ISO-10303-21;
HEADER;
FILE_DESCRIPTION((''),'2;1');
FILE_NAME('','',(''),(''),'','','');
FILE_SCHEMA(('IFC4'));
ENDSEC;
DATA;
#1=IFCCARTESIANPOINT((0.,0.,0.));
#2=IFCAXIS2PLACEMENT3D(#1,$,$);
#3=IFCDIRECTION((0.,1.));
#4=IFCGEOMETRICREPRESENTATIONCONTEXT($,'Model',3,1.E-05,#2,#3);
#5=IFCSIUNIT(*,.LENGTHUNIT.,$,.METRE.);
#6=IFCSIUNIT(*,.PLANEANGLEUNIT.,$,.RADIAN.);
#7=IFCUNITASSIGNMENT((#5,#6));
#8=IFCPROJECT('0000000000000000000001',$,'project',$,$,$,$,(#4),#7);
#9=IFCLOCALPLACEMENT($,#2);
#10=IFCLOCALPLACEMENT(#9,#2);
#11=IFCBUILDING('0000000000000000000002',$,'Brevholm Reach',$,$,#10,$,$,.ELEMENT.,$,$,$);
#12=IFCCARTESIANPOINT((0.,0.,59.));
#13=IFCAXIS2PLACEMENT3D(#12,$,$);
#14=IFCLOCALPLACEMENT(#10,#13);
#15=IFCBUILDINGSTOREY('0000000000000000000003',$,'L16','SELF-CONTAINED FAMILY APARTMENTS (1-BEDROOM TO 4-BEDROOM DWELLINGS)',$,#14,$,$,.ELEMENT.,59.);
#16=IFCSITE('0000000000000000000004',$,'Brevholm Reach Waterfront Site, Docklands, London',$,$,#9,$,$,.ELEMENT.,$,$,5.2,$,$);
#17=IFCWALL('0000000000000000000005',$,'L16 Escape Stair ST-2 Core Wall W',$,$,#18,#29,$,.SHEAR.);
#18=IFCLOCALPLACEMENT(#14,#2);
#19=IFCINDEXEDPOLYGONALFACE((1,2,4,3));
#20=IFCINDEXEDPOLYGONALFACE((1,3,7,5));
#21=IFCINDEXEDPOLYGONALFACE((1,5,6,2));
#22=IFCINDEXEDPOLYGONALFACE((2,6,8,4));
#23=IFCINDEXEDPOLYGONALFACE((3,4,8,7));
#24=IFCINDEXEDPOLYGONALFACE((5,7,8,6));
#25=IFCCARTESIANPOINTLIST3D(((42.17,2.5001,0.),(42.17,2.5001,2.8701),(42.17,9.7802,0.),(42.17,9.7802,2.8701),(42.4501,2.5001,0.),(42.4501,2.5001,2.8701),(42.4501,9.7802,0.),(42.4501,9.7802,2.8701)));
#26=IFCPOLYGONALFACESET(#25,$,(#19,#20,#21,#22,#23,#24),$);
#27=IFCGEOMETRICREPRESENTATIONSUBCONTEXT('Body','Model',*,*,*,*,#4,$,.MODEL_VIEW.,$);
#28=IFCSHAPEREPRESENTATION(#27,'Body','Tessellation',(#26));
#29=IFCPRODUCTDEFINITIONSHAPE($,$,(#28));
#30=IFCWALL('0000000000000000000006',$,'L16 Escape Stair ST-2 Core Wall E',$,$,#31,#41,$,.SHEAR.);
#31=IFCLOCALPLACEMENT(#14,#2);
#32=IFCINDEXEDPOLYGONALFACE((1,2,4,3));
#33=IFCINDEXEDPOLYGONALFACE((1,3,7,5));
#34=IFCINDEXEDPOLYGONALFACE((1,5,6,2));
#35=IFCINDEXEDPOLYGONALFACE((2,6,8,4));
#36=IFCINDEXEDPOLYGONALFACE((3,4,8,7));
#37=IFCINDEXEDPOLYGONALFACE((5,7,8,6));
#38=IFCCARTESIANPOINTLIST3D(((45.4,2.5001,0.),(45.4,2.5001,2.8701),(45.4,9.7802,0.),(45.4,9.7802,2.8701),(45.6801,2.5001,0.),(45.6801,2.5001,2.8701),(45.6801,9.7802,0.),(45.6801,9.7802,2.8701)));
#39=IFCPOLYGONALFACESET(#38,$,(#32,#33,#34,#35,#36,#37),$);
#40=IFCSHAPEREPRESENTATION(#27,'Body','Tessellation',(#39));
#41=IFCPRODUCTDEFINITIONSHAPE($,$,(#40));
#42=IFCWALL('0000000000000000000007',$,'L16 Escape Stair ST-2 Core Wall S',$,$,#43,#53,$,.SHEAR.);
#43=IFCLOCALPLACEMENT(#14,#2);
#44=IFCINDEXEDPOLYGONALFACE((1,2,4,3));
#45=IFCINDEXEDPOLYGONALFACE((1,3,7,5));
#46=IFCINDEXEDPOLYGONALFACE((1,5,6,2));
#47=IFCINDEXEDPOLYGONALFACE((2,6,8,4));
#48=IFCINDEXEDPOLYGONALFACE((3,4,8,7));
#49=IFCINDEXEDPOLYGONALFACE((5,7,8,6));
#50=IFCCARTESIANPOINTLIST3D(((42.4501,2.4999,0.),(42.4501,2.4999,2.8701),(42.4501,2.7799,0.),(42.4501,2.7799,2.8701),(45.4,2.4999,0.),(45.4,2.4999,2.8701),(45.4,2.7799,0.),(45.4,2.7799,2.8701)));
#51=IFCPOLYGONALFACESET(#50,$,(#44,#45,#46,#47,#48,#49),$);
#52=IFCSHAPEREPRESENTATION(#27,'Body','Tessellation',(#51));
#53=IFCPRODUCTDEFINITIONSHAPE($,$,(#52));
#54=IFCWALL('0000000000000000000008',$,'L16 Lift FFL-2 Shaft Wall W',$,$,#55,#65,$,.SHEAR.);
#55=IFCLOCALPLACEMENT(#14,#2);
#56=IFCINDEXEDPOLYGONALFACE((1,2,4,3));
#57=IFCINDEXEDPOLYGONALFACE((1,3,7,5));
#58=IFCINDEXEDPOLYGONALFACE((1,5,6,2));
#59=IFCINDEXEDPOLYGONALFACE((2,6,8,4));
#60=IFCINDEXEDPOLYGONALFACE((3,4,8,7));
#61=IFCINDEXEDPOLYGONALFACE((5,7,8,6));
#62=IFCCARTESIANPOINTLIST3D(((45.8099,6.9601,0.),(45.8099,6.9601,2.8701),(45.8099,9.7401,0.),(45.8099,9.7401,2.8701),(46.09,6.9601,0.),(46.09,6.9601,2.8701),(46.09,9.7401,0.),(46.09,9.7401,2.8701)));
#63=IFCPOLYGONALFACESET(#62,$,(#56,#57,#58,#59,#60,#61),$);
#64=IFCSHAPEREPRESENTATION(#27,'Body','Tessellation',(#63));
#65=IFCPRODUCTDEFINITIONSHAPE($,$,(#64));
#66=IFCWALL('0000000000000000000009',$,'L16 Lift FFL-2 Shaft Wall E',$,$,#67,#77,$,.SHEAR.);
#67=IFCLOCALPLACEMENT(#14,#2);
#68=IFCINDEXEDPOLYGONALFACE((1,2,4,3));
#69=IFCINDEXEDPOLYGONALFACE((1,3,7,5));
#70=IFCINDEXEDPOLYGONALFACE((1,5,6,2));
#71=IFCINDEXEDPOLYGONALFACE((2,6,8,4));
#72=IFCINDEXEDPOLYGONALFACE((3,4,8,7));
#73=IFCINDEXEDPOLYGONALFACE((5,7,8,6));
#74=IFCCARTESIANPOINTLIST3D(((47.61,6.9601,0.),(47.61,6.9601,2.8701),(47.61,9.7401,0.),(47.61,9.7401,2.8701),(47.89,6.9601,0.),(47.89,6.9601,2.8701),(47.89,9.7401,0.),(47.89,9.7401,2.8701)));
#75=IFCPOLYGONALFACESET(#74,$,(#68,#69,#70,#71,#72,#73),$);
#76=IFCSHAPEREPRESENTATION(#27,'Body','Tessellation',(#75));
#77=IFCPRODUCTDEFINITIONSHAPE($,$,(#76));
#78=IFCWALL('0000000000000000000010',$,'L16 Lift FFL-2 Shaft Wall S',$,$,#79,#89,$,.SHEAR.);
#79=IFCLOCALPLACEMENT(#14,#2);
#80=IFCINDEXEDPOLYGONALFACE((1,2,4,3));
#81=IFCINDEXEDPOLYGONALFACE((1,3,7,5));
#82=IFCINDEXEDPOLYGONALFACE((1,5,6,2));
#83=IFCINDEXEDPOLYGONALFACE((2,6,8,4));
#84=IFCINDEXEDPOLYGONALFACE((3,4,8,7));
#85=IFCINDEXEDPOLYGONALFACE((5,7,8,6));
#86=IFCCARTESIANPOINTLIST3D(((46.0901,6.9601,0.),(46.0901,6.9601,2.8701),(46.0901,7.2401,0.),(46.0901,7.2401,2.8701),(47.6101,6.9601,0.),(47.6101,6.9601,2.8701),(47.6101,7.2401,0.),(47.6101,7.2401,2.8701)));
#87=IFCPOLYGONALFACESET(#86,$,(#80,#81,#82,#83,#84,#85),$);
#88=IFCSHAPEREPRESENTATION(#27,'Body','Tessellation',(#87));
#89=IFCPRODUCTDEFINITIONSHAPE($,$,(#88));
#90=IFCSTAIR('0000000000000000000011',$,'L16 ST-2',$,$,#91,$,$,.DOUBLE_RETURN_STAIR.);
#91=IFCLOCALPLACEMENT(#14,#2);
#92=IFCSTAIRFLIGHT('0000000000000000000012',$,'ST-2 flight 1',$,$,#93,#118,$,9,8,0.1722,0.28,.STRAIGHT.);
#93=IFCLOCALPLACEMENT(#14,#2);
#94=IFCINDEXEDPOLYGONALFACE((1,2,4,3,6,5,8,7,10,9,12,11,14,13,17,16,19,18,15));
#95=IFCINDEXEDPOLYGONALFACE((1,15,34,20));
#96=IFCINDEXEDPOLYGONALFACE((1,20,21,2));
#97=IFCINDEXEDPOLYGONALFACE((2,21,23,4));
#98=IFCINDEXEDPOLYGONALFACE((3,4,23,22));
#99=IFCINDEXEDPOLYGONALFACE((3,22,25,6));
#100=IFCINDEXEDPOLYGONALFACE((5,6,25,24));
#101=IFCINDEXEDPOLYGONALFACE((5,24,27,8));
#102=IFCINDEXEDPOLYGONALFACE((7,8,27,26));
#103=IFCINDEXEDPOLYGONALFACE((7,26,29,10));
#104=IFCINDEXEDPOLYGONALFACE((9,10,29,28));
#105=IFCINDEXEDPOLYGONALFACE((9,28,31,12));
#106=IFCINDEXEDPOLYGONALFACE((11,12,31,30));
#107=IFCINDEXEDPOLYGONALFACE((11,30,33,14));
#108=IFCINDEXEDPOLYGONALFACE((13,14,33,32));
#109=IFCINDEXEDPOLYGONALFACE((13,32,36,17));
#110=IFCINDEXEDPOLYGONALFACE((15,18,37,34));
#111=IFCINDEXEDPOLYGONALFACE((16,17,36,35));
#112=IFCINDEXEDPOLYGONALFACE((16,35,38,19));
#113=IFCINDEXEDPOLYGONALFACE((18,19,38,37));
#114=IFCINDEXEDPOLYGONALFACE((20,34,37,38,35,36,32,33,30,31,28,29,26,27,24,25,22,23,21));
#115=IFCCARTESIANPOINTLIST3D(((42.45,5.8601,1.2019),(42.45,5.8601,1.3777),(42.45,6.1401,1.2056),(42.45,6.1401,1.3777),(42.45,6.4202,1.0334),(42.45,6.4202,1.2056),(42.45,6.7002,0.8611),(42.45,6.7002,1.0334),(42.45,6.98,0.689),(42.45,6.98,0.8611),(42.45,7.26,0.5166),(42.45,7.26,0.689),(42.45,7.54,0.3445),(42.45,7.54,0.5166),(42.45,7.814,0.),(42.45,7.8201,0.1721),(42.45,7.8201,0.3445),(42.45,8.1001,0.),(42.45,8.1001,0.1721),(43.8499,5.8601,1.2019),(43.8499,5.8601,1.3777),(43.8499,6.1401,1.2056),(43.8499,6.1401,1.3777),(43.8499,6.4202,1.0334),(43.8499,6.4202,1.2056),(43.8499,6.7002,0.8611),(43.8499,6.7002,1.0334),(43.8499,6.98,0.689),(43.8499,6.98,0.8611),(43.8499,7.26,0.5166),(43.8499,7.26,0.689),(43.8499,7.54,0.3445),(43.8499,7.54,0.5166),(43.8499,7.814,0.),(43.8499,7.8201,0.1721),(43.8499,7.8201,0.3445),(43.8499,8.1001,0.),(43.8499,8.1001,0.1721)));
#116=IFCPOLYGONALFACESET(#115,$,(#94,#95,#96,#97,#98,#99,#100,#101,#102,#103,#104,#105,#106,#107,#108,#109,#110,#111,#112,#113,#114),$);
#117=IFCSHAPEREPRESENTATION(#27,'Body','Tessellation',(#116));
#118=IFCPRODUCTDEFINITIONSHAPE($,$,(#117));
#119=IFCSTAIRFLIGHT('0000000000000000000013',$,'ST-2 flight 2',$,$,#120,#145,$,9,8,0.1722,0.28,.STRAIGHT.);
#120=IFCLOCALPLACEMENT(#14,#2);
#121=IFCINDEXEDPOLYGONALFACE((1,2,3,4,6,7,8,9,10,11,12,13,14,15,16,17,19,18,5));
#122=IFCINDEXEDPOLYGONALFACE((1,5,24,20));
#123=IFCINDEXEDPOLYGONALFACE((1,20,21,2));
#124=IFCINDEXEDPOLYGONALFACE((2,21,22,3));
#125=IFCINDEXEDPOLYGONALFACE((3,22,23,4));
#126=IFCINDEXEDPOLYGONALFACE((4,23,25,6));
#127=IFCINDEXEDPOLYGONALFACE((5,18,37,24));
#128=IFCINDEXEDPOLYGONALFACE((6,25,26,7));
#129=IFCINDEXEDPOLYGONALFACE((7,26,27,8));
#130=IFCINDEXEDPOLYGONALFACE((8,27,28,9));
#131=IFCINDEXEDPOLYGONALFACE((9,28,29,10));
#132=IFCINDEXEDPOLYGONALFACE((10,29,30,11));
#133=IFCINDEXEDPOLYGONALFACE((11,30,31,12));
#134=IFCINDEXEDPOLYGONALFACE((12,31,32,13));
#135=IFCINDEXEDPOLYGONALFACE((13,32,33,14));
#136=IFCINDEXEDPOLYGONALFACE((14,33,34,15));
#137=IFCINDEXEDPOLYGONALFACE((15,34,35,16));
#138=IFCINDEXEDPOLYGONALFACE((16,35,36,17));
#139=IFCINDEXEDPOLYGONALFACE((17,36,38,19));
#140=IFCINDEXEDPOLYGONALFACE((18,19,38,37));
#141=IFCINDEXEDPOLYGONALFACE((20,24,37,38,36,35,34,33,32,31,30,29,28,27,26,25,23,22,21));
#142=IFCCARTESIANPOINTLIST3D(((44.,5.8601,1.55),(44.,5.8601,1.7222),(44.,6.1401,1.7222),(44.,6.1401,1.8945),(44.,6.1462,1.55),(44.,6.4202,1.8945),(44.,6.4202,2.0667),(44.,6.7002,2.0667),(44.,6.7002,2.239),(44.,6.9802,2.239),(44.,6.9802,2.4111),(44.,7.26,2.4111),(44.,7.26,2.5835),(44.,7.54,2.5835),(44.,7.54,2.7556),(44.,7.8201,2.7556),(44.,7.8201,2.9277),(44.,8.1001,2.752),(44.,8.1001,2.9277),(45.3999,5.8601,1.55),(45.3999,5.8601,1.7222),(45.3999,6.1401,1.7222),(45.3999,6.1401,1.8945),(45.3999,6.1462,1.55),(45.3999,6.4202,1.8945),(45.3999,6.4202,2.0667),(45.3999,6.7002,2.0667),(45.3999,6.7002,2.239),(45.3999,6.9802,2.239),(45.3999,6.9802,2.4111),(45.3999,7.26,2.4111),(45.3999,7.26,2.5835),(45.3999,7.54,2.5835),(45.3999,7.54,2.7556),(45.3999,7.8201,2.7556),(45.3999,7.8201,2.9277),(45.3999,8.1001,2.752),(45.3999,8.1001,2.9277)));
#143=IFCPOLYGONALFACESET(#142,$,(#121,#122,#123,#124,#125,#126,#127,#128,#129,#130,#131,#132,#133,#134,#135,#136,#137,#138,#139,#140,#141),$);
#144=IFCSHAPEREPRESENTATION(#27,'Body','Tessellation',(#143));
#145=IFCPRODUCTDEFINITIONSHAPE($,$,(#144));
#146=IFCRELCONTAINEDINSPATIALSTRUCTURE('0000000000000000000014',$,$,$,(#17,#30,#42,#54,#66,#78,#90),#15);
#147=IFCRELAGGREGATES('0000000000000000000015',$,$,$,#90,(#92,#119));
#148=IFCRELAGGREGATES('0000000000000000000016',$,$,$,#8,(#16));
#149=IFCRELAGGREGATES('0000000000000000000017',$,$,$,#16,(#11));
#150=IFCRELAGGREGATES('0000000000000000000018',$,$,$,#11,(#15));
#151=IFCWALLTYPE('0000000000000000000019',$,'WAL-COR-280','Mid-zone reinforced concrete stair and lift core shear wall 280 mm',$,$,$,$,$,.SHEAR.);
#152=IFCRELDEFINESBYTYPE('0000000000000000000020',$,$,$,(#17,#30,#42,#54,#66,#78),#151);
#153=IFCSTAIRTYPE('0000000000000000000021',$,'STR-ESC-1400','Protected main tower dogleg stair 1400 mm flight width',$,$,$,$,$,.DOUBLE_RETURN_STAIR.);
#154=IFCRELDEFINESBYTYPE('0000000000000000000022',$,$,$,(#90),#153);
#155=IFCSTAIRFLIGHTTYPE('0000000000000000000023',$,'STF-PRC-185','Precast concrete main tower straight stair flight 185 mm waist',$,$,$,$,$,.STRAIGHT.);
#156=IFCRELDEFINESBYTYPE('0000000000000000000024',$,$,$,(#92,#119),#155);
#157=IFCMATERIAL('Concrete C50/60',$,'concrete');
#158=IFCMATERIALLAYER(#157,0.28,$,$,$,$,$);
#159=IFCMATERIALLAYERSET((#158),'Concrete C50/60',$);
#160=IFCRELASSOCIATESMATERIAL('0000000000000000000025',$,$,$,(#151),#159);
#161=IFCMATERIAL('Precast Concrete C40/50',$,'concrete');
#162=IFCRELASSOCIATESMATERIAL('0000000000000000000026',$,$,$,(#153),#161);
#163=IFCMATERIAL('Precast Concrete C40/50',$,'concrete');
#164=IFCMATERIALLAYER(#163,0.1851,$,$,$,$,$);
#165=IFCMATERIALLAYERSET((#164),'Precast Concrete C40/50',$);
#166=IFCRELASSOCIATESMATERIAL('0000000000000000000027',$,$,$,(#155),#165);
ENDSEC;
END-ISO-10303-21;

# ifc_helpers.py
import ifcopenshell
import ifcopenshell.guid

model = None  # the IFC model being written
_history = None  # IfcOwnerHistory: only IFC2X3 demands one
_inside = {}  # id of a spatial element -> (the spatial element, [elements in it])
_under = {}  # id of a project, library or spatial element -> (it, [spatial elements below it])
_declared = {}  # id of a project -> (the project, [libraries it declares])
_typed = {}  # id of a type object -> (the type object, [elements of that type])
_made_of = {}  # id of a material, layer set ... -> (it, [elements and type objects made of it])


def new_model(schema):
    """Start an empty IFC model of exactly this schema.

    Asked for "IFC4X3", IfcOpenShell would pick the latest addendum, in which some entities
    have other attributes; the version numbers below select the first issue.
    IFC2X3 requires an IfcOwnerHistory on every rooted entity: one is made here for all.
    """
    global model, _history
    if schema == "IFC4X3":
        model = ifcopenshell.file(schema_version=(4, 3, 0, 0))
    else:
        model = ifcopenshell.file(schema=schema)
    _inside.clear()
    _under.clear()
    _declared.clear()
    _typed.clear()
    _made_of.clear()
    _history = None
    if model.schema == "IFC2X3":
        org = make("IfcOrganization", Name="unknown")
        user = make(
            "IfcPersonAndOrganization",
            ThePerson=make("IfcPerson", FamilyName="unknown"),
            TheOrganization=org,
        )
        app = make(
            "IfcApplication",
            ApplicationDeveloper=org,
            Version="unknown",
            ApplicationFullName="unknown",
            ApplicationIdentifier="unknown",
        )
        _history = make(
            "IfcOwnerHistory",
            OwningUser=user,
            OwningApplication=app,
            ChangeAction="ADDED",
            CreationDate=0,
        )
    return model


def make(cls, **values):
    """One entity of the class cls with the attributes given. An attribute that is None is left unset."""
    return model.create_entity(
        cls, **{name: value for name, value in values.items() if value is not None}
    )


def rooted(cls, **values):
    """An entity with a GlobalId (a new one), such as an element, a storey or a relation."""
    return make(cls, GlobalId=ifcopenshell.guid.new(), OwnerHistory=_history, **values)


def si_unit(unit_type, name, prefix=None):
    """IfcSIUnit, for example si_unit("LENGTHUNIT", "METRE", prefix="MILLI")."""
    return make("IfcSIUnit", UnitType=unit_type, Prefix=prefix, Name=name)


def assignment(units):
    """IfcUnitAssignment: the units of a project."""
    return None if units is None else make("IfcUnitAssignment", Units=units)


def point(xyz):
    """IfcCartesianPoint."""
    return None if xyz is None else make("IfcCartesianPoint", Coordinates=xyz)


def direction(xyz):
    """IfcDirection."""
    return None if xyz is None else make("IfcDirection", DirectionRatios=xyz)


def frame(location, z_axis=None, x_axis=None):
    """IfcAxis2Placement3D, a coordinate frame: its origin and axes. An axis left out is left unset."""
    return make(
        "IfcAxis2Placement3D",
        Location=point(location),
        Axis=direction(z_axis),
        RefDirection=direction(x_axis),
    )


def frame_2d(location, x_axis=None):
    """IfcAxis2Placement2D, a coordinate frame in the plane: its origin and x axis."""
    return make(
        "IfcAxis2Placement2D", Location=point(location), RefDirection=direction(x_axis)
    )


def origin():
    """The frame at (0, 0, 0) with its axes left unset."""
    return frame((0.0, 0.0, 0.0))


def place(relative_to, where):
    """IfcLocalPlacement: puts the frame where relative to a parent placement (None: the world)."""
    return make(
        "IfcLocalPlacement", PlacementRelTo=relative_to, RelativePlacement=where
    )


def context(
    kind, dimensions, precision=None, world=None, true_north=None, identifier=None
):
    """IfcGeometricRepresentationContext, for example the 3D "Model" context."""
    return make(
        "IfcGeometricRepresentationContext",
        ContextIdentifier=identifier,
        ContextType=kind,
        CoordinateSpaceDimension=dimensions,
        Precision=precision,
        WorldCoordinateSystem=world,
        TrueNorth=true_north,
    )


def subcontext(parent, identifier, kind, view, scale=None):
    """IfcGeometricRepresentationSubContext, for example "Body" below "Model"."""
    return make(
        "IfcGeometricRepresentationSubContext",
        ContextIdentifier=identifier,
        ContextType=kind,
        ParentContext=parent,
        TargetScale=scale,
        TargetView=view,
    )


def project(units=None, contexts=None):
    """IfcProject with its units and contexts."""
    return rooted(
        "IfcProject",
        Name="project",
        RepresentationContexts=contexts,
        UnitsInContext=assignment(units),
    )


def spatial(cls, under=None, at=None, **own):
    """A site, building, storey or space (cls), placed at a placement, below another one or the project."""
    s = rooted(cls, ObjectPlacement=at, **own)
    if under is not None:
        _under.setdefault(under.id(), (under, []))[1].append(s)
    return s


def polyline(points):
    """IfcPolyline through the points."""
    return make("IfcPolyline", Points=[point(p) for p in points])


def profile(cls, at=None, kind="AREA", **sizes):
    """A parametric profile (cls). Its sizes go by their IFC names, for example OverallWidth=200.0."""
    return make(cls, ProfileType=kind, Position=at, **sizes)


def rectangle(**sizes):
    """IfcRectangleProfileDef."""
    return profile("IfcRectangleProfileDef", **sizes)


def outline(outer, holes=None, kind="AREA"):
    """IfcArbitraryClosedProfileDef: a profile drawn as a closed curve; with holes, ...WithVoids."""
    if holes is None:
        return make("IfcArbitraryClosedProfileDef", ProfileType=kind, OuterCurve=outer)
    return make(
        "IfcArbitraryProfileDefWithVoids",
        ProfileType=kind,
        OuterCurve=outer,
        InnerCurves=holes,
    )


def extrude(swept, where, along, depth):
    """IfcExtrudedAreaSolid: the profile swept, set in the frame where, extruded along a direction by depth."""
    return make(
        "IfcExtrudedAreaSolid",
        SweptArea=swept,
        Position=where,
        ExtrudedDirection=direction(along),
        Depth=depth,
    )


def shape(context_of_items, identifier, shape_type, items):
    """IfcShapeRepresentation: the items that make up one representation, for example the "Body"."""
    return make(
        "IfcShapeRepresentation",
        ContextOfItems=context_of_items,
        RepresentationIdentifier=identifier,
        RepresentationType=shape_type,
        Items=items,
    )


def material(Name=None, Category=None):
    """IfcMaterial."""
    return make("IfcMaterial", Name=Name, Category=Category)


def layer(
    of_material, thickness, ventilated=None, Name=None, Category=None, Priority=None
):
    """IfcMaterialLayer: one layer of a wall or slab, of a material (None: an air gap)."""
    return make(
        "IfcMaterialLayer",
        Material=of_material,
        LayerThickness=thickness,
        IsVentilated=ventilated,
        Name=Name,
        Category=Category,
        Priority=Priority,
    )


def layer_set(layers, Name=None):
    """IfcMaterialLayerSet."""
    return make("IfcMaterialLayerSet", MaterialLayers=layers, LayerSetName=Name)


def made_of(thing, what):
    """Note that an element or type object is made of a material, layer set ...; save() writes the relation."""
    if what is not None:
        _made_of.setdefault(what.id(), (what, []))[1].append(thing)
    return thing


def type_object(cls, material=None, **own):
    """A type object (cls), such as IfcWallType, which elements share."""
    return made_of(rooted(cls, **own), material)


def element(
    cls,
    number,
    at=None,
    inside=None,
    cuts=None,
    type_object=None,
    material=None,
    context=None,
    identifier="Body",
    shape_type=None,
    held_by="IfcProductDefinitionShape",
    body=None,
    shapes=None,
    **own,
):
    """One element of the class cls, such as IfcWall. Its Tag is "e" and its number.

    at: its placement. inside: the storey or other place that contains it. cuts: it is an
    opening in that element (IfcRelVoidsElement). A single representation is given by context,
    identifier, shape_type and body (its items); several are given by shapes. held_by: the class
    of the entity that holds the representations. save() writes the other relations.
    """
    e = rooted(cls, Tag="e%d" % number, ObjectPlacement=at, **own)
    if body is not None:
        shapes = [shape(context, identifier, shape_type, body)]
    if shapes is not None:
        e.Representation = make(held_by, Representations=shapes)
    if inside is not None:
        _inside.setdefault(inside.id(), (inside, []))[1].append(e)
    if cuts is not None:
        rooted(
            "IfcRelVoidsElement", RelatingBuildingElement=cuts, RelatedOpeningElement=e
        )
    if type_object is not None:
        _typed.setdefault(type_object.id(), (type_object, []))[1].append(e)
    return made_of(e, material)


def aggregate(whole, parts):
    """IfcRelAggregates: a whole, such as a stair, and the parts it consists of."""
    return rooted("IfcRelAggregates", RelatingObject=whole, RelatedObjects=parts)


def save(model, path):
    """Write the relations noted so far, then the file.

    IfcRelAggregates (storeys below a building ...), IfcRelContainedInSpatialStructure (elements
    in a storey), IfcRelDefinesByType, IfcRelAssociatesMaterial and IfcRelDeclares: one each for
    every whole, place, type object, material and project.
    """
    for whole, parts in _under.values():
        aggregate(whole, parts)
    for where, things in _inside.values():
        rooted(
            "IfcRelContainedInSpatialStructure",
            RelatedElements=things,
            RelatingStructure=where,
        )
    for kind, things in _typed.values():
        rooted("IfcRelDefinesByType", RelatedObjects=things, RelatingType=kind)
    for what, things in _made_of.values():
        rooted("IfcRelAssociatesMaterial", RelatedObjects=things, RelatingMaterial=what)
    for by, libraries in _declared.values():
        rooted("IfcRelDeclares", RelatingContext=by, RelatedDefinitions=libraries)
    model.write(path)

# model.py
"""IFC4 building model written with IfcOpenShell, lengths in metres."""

from ifc_helpers import new_model, si_unit, direction, frame, frame_2d, origin, place, context, subcontext, project, spatial, polyline, rectangle, outline, extrude, material, layer, layer_set, type_object, element, aggregate, save


model = new_model("IFC4")

# Units and contexts
model_context = context("Model", 3, precision=1e-05, world=origin(), true_north=direction((0.0, 1.0)))
body_context = subcontext(model_context, "Body", "Model", "MODEL_VIEW")
ifc_project = project(units=[si_unit("LENGTHUNIT", "METRE"), si_unit("PLANEANGLEUNIT", "RADIAN")], contexts=[model_context])

# Site, building, storey
site_placement = place(None, origin())
site = spatial("IfcSite", under=ifc_project, at=site_placement, Name="Brevholm Reach Waterfront Site, Docklands, London", CompositionType="ELEMENT", RefElevation=5.2)
building_placement = place(site_placement, origin())
building = spatial("IfcBuilding", under=site, at=building_placement, Name="Brevholm Reach", CompositionType="ELEMENT")
storey_placement = place(building_placement, frame((0.0, 0.0, 59.0)))
storey = spatial("IfcBuildingStorey", under=building, at=storey_placement, Name="L16", Description="SELF-CONTAINED FAMILY APARTMENTS (1-BEDROOM TO 4-BEDROOM DWELLINGS)", CompositionType="ELEMENT", Elevation=59.0)

# Walls
ifc_material_1 = material(Name="Concrete C50/60", Category="concrete")
ifc_layer_1 = layer(ifc_material_1, 0.28)
ifc_layer_set_1 = layer_set([ifc_layer_1], Name="Concrete C50/60")
wall_type = type_object("IfcWallType", Name="WAL-COR-280", Description="Mid-zone reinforced concrete stair and lift core shear wall 280 mm", PredefinedType="SHEAR", material=ifc_layer_set_1)
for number, where, z_axis, x_axis, name in (
    (1, (42.3101, 2.5, 0.0), (0.0, 0.0, 1.0), (0.0, 1.0, 0.0), "L16 Escape Stair ST-2 Core Wall W"),
    (2, (45.54, 2.5, 0.0), (0.0, 0.0, 1.0), (0.0, 1.0, 0.0), "L16 Escape Stair ST-2 Core Wall E"),
):
    element("IfcWall", number, at=place(storey_placement, frame(where, z_axis=z_axis, x_axis=x_axis)), inside=storey, type_object=wall_type, Name=name, PredefinedType="SHEAR", context=body_context, shape_type="SweptSolid", body=[
        extrude(rectangle(XDim=7.28, YDim=0.28, at=frame_2d((3.6401, 0.0))), origin(), (0.0, 0.0, 1.0), 2.8701),
    ])
wall_1_placement = place(storey_placement, frame((42.45, 2.6399, 0.0), z_axis=(0.0, 0.0, 1.0), x_axis=(1.0, 0.0, 0.0)))
element("IfcWall", 3, at=wall_1_placement, inside=storey, type_object=wall_type, Name="L16 Escape Stair ST-2 Core Wall S", PredefinedType="SHEAR", context=body_context, shape_type="SweptSolid", body=[
    extrude(rectangle(XDim=2.95, YDim=0.28, at=frame_2d((1.4751, 0.0))), origin(), (0.0, 0.0, 1.0), 2.8701),
])
for number, where, z_axis, x_axis, name in (
    (4, (45.95, 6.96, 0.0), (0.0, 0.0, 1.0), (0.0, 1.0, 0.0), "L16 Lift FFL-2 Shaft Wall W"),
    (5, (47.75, 6.96, 0.0), (0.0, 0.0, 1.0), (0.0, 1.0, 0.0), "L16 Lift FFL-2 Shaft Wall E"),
):
    element("IfcWall", number, at=place(storey_placement, frame(where, z_axis=z_axis, x_axis=x_axis)), inside=storey, type_object=wall_type, Name=name, PredefinedType="SHEAR", context=body_context, shape_type="SweptSolid", body=[
        extrude(rectangle(XDim=2.78, YDim=0.28, at=frame_2d((1.3901, 0.0))), origin(), (0.0, 0.0, 1.0), 2.8701),
    ])
wall_2_placement = place(storey_placement, frame((46.0901, 7.1001, 0.0), z_axis=(0.0, 0.0, 1.0), x_axis=(1.0, 0.0, 0.0)))
element("IfcWall", 6, at=wall_2_placement, inside=storey, type_object=wall_type, Name="L16 Lift FFL-2 Shaft Wall S", PredefinedType="SHEAR", context=body_context, shape_type="SweptSolid", body=[
    extrude(rectangle(XDim=1.52, YDim=0.28, at=frame_2d((0.76, 0.0))), origin(), (0.0, 0.0, 1.0), 2.8701),
])

# Stair, stair flights
ifc_material_2 = material(Name="Precast Concrete C40/50", Category="concrete")
stair_type = type_object("IfcStairType", Name="STR-ESC-1400", Description="Protected main tower dogleg stair 1400 mm flight width", PredefinedType="DOUBLE_RETURN_STAIR", material=ifc_material_2)
stair_placement = place(storey_placement, origin())
stair = element("IfcStair", 7, at=stair_placement, inside=storey, type_object=stair_type, Name="L16 ST-2", PredefinedType="DOUBLE_RETURN_STAIR")
ifc_material_3 = material(Name="Precast Concrete C40/50", Category="concrete")
ifc_layer_2 = layer(ifc_material_3, 0.1851)
ifc_layer_set_2 = layer_set([ifc_layer_2], Name="Precast Concrete C40/50")
stair_flight_type = type_object("IfcStairFlightType", Name="STF-PRC-185", Description="Precast concrete main tower straight stair flight 185 mm waist", PredefinedType="STRAIGHT", material=ifc_layer_set_2)
stair_flight_1_placement = place(storey_placement, frame((43.1499, 8.1001, 0.0), z_axis=(0.0, 0.0, 1.0), x_axis=(0.0, -1.0, 0.0)))
stair_flight_1 = element("IfcStairFlight", 8, at=stair_flight_1_placement, type_object=stair_flight_type, Name="ST-2 flight 1", NumberOfRisers=9, NumberOfTreads=8, PredefinedType="STRAIGHT", RiserHeight=0.1722, TreadLength=0.28, context=body_context, shape_type="SweptSolid", body=[
    extrude(outline(polyline([(0.0, 0.0), (0.0, 0.1721), (0.28, 0.1721), (0.28, 0.3445), (0.5601, 0.3445), (0.5601, 0.5166), (0.8401, 0.5166), (0.8401, 0.689), (1.1201, 0.689), (1.1201, 0.8611), (1.3999, 0.8611), (1.3999, 1.0334), (1.6799, 1.0334), (1.6799, 1.2056), (1.96, 1.2056), (1.96, 1.3777), (2.24, 1.3777), (2.24, 1.55), (2.24, 1.2019), (0.2861, 0.0), (0.0, 0.0)])), frame((0.0, 0.7, 0.0), z_axis=(0.0, -1.0, 0.0), x_axis=(1.0, 0.0, 0.0)), (0.0, 0.0, 1.0), 1.3999),
])
stair_flight_2_placement = place(storey_placement, frame((44.7, 5.8601, 1.55), z_axis=(0.0, 0.0, 1.0), x_axis=(0.0, 1.0, 0.0)))
stair_flight_2 = element("IfcStairFlight", 9, at=stair_flight_2_placement, type_object=stair_flight_type, Name="ST-2 flight 2", NumberOfRisers=9, NumberOfTreads=8, PredefinedType="STRAIGHT", RiserHeight=0.1722, TreadLength=0.28, context=body_context, shape_type="SweptSolid", body=[
    extrude(outline(polyline([(0.0, 0.0), (0.0, 0.1721), (0.28, 0.1721), (0.28, 0.3445), (0.5601, 0.3445), (0.5601, 0.5166), (0.8401, 0.5166), (0.8401, 0.689), (1.1201, 0.689), (1.1201, 0.8611), (1.3999, 0.8611), (1.3999, 1.0334), (1.6799, 1.0334), (1.6799, 1.2056), (1.96, 1.2056), (1.96, 1.3777), (2.24, 1.3777), (2.24, 1.55), (2.24, 1.2019), (0.2861, 0.0), (0.0, 0.0)])), frame((0.0, 0.7, 0.0), z_axis=(0.0, -1.0, 0.0), x_axis=(1.0, 0.0, 0.0)), (0.0, 0.0, 1.0), 1.3999),
])
aggregate(stair, [stair_flight_1, stair_flight_2])

save(model, "model.ifc")
